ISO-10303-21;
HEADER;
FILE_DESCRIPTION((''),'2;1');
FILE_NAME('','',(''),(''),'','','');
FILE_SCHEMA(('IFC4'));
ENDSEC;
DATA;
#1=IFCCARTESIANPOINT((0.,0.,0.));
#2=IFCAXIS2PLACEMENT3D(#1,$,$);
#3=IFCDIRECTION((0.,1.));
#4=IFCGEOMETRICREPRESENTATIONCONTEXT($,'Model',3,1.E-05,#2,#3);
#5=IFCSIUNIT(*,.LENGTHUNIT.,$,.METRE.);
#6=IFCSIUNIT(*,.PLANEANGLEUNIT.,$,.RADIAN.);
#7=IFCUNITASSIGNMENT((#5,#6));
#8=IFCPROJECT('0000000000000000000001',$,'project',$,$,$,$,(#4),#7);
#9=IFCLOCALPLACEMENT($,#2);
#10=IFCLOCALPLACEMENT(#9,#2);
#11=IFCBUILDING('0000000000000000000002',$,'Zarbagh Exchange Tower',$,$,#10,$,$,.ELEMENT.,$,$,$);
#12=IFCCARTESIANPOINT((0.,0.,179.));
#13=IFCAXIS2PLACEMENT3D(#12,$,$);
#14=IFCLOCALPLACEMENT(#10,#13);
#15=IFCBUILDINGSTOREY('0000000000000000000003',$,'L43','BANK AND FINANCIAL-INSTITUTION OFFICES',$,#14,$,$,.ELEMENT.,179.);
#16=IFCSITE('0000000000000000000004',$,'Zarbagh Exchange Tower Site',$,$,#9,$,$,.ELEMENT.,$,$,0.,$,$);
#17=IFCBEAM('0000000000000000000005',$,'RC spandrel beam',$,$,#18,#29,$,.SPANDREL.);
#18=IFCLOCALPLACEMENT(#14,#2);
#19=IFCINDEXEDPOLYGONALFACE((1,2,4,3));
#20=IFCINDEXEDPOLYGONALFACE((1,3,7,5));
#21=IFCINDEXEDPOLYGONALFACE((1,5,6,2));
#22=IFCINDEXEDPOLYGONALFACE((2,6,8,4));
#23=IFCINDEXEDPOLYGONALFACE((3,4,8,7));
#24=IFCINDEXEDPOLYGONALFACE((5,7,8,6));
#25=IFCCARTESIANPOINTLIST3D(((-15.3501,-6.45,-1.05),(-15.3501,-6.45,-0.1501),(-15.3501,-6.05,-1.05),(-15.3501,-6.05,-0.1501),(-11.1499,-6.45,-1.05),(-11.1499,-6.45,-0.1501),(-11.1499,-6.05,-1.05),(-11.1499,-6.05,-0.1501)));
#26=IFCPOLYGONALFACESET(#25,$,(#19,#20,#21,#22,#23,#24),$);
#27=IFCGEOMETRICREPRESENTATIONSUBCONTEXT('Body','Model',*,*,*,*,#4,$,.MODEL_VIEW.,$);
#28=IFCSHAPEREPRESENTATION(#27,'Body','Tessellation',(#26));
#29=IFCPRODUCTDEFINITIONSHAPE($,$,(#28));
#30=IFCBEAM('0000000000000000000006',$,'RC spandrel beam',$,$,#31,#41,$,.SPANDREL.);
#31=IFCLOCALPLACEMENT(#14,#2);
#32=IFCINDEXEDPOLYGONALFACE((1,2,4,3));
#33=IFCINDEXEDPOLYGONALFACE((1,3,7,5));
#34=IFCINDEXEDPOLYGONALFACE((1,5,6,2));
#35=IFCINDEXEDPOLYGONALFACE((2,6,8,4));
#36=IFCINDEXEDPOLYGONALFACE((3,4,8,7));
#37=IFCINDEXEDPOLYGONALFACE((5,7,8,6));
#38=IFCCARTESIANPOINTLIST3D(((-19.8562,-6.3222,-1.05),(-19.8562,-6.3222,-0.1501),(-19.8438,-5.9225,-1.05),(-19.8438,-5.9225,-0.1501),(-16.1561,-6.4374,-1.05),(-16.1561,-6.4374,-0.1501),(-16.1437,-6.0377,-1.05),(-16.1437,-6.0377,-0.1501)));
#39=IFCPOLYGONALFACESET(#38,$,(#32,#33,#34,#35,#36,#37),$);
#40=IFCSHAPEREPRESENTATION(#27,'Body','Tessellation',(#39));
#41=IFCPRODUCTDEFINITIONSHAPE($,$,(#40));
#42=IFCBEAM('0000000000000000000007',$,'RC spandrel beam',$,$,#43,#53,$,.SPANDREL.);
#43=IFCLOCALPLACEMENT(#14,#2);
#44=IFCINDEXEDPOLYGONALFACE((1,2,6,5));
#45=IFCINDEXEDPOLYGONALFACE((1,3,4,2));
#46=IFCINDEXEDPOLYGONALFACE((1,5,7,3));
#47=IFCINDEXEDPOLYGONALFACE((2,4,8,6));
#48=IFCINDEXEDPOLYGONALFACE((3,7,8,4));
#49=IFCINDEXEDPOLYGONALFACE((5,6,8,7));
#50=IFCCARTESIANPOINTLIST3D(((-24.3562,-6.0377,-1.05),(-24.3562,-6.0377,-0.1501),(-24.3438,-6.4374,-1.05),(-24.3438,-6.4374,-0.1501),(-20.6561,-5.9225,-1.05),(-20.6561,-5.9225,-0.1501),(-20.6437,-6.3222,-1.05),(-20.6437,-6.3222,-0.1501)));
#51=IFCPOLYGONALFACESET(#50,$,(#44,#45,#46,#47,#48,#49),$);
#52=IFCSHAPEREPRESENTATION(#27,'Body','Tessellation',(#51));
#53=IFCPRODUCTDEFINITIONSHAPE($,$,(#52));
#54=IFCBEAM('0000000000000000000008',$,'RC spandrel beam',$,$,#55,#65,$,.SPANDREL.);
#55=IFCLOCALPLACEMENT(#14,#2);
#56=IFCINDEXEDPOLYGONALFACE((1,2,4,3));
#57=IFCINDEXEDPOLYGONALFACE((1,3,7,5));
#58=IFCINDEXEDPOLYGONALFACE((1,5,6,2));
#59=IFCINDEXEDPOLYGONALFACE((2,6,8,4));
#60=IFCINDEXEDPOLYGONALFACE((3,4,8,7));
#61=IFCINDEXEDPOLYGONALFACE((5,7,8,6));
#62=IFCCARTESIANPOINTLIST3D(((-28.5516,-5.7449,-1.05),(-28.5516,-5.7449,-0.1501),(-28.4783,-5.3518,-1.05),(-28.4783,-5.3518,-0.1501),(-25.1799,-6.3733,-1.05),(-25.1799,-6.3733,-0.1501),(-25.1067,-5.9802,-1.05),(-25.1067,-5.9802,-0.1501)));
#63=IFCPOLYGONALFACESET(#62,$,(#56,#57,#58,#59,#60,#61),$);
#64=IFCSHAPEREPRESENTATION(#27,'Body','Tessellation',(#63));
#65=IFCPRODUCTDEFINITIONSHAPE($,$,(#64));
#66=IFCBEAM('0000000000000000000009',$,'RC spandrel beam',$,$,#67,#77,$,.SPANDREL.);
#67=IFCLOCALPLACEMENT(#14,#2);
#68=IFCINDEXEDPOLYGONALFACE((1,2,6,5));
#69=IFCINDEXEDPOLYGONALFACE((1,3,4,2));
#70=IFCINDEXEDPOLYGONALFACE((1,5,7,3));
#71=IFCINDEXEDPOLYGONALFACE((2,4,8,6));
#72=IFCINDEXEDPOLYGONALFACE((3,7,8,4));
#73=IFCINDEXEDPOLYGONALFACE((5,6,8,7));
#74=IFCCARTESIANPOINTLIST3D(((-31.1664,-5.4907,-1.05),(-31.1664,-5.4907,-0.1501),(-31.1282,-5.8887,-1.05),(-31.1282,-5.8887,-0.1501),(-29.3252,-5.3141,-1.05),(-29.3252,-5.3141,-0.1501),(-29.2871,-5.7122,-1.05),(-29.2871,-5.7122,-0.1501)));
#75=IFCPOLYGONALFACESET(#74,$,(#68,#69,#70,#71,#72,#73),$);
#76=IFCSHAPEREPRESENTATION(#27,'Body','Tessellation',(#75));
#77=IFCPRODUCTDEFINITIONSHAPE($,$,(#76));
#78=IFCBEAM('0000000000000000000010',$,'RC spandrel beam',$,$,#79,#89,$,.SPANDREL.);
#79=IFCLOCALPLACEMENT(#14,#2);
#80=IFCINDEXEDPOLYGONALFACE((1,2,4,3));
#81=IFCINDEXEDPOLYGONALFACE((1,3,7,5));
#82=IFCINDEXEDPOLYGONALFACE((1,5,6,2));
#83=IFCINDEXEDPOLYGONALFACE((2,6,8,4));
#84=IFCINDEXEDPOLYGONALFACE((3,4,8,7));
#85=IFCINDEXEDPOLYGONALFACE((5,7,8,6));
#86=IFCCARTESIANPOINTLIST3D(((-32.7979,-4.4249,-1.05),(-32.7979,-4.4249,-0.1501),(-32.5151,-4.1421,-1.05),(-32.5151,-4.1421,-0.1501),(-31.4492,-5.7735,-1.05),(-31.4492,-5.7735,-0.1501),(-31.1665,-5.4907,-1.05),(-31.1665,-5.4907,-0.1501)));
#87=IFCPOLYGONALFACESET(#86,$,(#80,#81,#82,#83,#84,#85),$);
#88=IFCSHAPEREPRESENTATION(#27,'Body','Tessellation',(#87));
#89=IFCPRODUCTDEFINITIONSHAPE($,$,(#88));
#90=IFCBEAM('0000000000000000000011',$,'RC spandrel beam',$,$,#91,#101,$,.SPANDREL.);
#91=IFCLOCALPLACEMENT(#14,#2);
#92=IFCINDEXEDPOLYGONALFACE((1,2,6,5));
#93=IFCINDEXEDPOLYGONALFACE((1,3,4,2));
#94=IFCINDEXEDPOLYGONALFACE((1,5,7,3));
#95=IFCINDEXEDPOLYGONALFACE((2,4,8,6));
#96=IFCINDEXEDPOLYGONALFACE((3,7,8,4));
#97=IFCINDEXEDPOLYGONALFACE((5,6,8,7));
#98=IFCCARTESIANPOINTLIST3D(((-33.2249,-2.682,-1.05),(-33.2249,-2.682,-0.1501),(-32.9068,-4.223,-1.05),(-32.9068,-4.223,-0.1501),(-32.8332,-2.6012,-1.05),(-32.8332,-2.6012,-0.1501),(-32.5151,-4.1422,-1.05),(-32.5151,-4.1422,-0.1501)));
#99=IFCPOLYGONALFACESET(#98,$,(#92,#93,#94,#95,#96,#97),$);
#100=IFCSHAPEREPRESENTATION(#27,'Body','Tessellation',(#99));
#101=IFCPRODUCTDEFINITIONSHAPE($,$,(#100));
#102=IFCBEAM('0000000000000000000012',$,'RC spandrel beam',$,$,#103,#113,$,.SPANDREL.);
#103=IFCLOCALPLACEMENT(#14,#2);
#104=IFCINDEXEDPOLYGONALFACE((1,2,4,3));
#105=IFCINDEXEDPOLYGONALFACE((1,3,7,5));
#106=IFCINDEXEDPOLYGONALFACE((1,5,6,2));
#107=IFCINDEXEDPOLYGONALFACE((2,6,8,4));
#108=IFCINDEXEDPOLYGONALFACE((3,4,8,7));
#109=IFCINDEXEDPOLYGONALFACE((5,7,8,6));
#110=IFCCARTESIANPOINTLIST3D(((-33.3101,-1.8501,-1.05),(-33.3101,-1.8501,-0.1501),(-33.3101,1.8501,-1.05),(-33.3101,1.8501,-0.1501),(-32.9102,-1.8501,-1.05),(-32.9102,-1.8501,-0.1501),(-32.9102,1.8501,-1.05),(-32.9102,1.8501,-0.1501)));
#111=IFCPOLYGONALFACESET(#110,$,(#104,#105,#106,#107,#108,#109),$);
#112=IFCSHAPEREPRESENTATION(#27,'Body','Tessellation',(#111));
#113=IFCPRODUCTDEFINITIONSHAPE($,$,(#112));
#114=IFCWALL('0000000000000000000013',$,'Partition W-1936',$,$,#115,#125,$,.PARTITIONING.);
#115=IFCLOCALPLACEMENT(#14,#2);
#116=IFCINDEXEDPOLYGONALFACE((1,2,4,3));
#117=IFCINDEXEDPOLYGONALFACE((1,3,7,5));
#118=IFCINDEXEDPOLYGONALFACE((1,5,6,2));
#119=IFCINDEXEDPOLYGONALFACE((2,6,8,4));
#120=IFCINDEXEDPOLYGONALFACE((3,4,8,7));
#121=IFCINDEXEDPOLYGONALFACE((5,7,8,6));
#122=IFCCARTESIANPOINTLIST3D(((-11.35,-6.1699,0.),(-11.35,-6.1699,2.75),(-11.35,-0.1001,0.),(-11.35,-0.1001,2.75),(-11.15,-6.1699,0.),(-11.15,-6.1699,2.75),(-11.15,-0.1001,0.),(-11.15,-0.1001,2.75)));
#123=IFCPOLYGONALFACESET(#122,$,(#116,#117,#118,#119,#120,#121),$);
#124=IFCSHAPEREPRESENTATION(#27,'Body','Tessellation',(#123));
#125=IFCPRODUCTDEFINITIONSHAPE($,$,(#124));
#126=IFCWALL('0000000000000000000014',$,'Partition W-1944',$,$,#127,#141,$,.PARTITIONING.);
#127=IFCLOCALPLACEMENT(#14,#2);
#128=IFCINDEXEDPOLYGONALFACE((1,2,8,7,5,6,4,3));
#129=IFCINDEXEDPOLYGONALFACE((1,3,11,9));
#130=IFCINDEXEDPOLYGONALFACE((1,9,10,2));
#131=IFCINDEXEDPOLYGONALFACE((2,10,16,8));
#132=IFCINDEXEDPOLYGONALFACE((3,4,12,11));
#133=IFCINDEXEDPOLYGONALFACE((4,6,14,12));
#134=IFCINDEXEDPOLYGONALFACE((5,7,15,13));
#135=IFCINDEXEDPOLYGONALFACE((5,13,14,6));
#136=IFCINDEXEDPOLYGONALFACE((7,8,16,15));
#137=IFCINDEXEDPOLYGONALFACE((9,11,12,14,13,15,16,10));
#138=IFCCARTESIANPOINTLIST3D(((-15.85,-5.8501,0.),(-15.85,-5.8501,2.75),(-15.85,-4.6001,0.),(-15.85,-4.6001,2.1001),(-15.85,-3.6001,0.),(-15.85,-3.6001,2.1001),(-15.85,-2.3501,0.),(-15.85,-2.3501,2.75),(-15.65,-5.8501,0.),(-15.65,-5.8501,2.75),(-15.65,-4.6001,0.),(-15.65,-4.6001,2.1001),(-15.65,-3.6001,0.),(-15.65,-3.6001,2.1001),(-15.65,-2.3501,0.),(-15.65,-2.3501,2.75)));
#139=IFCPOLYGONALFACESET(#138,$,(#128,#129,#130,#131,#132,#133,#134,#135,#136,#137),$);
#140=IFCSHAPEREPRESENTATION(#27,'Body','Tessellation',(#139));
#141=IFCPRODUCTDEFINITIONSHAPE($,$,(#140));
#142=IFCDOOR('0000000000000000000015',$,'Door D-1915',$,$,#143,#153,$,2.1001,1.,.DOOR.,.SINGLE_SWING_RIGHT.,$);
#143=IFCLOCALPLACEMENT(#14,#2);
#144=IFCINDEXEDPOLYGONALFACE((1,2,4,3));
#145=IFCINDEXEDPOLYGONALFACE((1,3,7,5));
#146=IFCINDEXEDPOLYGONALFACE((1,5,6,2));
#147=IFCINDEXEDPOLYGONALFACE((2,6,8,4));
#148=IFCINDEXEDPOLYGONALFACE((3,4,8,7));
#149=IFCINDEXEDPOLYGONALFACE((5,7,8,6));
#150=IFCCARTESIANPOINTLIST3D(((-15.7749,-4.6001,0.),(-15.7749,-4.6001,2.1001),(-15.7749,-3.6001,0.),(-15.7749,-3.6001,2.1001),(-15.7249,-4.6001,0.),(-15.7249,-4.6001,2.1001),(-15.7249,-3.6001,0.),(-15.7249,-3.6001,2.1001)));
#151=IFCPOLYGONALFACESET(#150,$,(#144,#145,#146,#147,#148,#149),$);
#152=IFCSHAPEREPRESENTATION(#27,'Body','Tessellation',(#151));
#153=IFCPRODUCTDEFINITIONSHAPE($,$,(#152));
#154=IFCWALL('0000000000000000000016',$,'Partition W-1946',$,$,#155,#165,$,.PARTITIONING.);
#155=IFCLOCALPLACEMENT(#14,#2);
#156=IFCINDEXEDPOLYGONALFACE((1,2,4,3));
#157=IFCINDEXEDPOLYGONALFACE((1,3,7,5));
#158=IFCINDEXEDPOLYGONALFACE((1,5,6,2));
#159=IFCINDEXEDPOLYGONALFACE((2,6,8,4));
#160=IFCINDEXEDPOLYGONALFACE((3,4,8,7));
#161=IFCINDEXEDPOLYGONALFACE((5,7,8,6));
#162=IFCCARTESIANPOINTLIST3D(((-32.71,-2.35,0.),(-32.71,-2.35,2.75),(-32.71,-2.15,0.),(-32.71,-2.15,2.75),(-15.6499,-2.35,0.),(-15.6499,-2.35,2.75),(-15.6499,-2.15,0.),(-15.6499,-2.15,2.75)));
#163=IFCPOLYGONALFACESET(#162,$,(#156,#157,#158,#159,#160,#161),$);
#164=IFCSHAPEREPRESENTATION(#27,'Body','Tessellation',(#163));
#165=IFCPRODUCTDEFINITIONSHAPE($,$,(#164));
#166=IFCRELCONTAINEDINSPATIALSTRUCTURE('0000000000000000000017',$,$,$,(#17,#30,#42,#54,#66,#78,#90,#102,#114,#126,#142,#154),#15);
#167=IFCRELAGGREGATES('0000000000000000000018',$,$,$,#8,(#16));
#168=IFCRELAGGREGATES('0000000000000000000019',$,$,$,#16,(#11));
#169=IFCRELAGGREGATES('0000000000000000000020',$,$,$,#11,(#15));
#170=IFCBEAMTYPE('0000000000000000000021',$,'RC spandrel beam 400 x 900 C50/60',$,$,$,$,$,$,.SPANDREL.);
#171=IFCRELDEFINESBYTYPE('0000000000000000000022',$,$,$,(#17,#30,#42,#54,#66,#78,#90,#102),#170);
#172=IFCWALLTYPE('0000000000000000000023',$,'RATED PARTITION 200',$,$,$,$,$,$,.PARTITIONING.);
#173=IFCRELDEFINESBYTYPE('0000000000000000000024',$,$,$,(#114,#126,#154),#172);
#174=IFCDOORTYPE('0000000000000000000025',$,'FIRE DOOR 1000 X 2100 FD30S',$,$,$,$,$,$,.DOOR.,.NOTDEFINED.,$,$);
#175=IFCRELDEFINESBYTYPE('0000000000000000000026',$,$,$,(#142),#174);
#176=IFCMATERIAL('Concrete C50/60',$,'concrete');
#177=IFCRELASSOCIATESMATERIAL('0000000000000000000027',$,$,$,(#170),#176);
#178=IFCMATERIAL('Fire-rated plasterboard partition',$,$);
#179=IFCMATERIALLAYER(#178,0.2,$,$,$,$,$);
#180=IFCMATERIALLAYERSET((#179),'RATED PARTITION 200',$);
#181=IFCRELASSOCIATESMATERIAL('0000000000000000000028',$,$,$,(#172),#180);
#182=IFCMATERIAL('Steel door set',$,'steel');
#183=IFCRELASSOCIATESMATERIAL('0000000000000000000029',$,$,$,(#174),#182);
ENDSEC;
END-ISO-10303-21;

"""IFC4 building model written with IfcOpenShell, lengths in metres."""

from ifc_helpers import new_model, si_unit, direction, frame, frame_2d, origin, origin_2d, place, context, subcontext, project, spatial, rectangle, extrude, material, layer, layer_set, material_profile, profile_set, type_object, element, fill, save


model = new_model("IFC4")

# Units and contexts
model_context = context("Model", 3, precision=1e-05, world=origin(), true_north=direction((0.0, 1.0)))
body_context = subcontext(model_context, "Body", "Model", "MODEL_VIEW")
ifc_project = project(units=[si_unit("LENGTHUNIT", "METRE"), si_unit("PLANEANGLEUNIT", "RADIAN")], contexts=[model_context])

# Site, building, storey
site_placement = place(None, origin())
site = spatial("IfcSite", under=ifc_project, at=site_placement, Name="Zarbagh Exchange Tower Site", CompositionType="ELEMENT", RefElevation=0.0)
building_placement = place(site_placement, origin())
building = spatial("IfcBuilding", under=site, at=building_placement, Name="Zarbagh Exchange Tower", CompositionType="ELEMENT")
storey_placement = place(building_placement, frame((0.0, 0.0, 179.0)))
storey = spatial("IfcBuildingStorey", under=building, at=storey_placement, Name="L43", Description="BANK AND FINANCIAL-INSTITUTION OFFICES", CompositionType="ELEMENT", Elevation=179.0)

# Shared definitions
ifc_material_1 = material(Name="Concrete C50/60", Category="concrete")

# Beams
ifc_material_profile_1 = material_profile(ifc_material_1, rectangle(XDim=0.3999, YDim=0.8999, at=origin_2d()), Name="RC spandrel beam 400 x 900 C50/60")
ifc_profile_set_1 = profile_set([ifc_material_profile_1], Name="Concrete C50/60")
beam_type_1 = type_object("IfcBeamType", Name="RC spandrel beam 400 x 900 C50/60", PredefinedType="SPANDREL", material=ifc_profile_set_1)
beam_1_placement = place(storey_placement, frame((-11.1499, -6.25, -0.6001), z_axis=(-1.0, 0.0, 0.0), x_axis=(0.0, -1.0, 0.0)))
element("IfcBeam", 1, at=beam_1_placement, inside=storey, type_object=beam_type_1, Name="RC spandrel beam", PredefinedType="SPANDREL", context=body_context, shape_type="SweptSolid", body=[
    extrude(rectangle(XDim=0.3999, YDim=0.8999, at=origin_2d()), origin(), (0.0, 0.0, 1.0), 4.2002),
])
for number, where, z_axis, x_axis, name in (
    (2, (-16.1499, -6.2375, -0.6001), (-0.999515, 0.031128, 0.0), (-0.031128, -0.999515, 0.0), "RC spandrel beam"),
    (3, (-20.6499, -6.1223, -0.6001), (-0.999515, -0.031128, 0.0), (0.031128, -0.999515, 0.0), "RC spandrel beam"),
):
    element("IfcBeam", number, at=place(storey_placement, frame(where, z_axis=z_axis, x_axis=x_axis)), inside=storey, type_object=beam_type_1, Name=name, PredefinedType="SPANDREL", context=body_context, shape_type="SweptSolid", body=[
        extrude(rectangle(XDim=0.3999, YDim=0.8999, at=origin_2d()), origin(), (0.0, 0.0, 1.0), 3.7019),
    ])
beam_2_placement = place(storey_placement, frame((-25.1433, -6.1768, -0.6001), z_axis=(-0.98307, 0.183231, 0.0), x_axis=(-0.183231, -0.98307, 0.0)))
element("IfcBeam", 4, at=beam_2_placement, inside=storey, type_object=beam_type_1, Name="RC spandrel beam", PredefinedType="SPANDREL", context=body_context, shape_type="SweptSolid", body=[
    extrude(rectangle(XDim=0.3999, YDim=0.8999, at=origin_2d()), origin(), (0.0, 0.0, 1.0), 3.4297),
])
beam_3_placement = place(storey_placement, frame((-29.3062, -5.5132, -0.6001), z_axis=(-0.995435, -0.095438, 0.0), x_axis=(0.095438, -0.995435, 0.0)))
element("IfcBeam", 5, at=beam_3_placement, inside=storey, type_object=beam_type_1, Name="RC spandrel beam", PredefinedType="SPANDREL", context=body_context, shape_type="SweptSolid", body=[
    extrude(rectangle(XDim=0.3999, YDim=0.8999, at=origin_2d()), origin(), (0.0, 0.0, 1.0), 1.8496),
])
beam_4_placement = place(storey_placement, frame((-31.3079, -5.6321, -0.6001), z_axis=(-0.707107, 0.707107, 0.0), x_axis=(-0.707107, -0.707107, 0.0)))
element("IfcBeam", 6, at=beam_4_placement, inside=storey, type_object=beam_type_1, Name="RC spandrel beam", PredefinedType="SPANDREL", context=body_context, shape_type="SweptSolid", body=[
    extrude(rectangle(XDim=0.3999, YDim=0.8999, at=origin_2d()), origin(), (0.0, 0.0, 1.0), 1.9072),
])
beam_5_placement = place(storey_placement, frame((-32.7109, -4.1826, -0.6001), z_axis=(-0.202169, 0.979351, 0.0), x_axis=(-0.979351, -0.202169, 0.0)))
element("IfcBeam", 7, at=beam_5_placement, inside=storey, type_object=beam_type_1, Name="RC spandrel beam", PredefinedType="SPANDREL", context=body_context, shape_type="SweptSolid", body=[
    extrude(rectangle(XDim=0.3999, YDim=0.8999, at=origin_2d()), origin(), (0.0, 0.0, 1.0), 1.5735),
])
beam_6_placement = place(storey_placement, frame((-33.1101, -1.8501, -0.6001), z_axis=(0.0, 1.0, 0.0), x_axis=(-1.0, 0.0, 0.0)))
element("IfcBeam", 8, at=beam_6_placement, inside=storey, type_object=beam_type_1, Name="RC spandrel beam", PredefinedType="SPANDREL", context=body_context, shape_type="SweptSolid", body=[
    extrude(rectangle(XDim=0.3999, YDim=0.8999, at=origin_2d()), origin(), (0.0, 0.0, 1.0), 3.7002),
])

# Wall
ifc_material_2 = material(Name="Fire-rated plasterboard partition")
ifc_layer = layer(ifc_material_2, 0.2)
ifc_layer_set = layer_set([ifc_layer], Name="RATED PARTITION 200")
wall_type = type_object("IfcWallType", Name="RATED PARTITION 200", PredefinedType="PARTITIONING", material=ifc_layer_set)
wall_1_placement = place(storey_placement, frame((-11.25, -6.1699, 0.0), z_axis=(0.0, 0.0, 1.0), x_axis=(0.0, 1.0, 0.0)))
element("IfcWall", 9, at=wall_1_placement, inside=storey, type_object=wall_type, Name="Partition W-1936", PredefinedType="PARTITIONING", context=body_context, shape_type="SweptSolid", body=[
    extrude(rectangle(XDim=6.0698, YDim=0.2, at=frame_2d((3.0349, 0.0))), origin(), (0.0, 0.0, 1.0), 2.75),
])

# Wall, opening, door
wall_2_placement = place(storey_placement, frame((-15.75, -5.8501, 0.0), z_axis=(0.0, 0.0, 1.0), x_axis=(0.0, 1.0, 0.0)))
wall_2 = element("IfcWall", 10, at=wall_2_placement, inside=storey, type_object=wall_type, Name="Partition W-1944", PredefinedType="PARTITIONING", context=body_context, shape_type="SweptSolid", body=[
    extrude(rectangle(XDim=3.5, YDim=0.2, at=frame_2d((1.75, 0.0))), origin(), (0.0, 0.0, 1.0), 2.75),
])
opening_placement = place(wall_2_placement, frame((1.25, 0.0, 0.0)))
opening = element("IfcOpeningElement", 11, at=opening_placement, cuts=wall_2, PredefinedType="OPENING", context=body_context, shape_type="SweptSolid", body=[
    extrude(rectangle(XDim=1.0, YDim=2.1001, at=frame_2d((0.5, 1.05))), frame((0.0, 0.1099, 0.0), z_axis=(0.0, -1.0, 0.0), x_axis=(1.0, 0.0, 0.0)), (0.0, 0.0, 1.0), 0.22),
])
ifc_material_3 = material(Name="Steel door set", Category="steel")
door_type = type_object("IfcDoorType", Name="FIRE DOOR 1000 X 2100 FD30S", OperationType="NOTDEFINED", PredefinedType="DOOR", material=ifc_material_3)
door_placement = place(opening_placement, origin())
door = element("IfcDoor", 12, at=door_placement, inside=storey, type_object=door_type, Name="Door D-1915", OperationType="SINGLE_SWING_RIGHT", OverallHeight=2.1001, OverallWidth=1.0, PredefinedType="DOOR", context=body_context, shape_type="SweptSolid", body=[
    extrude(rectangle(XDim=1.0, YDim=2.1001, at=frame_2d((0.5, 1.05))), frame((0.0, 0.0249, 0.0), z_axis=(0.0, -1.0, 0.0), x_axis=(1.0, 0.0, 0.0)), (0.0, 0.0, 1.0), 0.05),
])
fill(opening, door)

# Wall
wall_3_placement = place(storey_placement, frame((-32.71, -2.25, 0.0), z_axis=(0.0, 0.0, 1.0), x_axis=(1.0, 0.0, 0.0)))
element("IfcWall", 13, at=wall_3_placement, inside=storey, type_object=wall_type, Name="Partition W-1946", PredefinedType="PARTITIONING", context=body_context, shape_type="SweptSolid", body=[
    extrude(rectangle(XDim=17.0601, YDim=0.2, at=frame_2d((8.53, 0.0))), origin(), (0.0, 0.0, 1.0), 2.75),
])

save(model, "model.ifc")
